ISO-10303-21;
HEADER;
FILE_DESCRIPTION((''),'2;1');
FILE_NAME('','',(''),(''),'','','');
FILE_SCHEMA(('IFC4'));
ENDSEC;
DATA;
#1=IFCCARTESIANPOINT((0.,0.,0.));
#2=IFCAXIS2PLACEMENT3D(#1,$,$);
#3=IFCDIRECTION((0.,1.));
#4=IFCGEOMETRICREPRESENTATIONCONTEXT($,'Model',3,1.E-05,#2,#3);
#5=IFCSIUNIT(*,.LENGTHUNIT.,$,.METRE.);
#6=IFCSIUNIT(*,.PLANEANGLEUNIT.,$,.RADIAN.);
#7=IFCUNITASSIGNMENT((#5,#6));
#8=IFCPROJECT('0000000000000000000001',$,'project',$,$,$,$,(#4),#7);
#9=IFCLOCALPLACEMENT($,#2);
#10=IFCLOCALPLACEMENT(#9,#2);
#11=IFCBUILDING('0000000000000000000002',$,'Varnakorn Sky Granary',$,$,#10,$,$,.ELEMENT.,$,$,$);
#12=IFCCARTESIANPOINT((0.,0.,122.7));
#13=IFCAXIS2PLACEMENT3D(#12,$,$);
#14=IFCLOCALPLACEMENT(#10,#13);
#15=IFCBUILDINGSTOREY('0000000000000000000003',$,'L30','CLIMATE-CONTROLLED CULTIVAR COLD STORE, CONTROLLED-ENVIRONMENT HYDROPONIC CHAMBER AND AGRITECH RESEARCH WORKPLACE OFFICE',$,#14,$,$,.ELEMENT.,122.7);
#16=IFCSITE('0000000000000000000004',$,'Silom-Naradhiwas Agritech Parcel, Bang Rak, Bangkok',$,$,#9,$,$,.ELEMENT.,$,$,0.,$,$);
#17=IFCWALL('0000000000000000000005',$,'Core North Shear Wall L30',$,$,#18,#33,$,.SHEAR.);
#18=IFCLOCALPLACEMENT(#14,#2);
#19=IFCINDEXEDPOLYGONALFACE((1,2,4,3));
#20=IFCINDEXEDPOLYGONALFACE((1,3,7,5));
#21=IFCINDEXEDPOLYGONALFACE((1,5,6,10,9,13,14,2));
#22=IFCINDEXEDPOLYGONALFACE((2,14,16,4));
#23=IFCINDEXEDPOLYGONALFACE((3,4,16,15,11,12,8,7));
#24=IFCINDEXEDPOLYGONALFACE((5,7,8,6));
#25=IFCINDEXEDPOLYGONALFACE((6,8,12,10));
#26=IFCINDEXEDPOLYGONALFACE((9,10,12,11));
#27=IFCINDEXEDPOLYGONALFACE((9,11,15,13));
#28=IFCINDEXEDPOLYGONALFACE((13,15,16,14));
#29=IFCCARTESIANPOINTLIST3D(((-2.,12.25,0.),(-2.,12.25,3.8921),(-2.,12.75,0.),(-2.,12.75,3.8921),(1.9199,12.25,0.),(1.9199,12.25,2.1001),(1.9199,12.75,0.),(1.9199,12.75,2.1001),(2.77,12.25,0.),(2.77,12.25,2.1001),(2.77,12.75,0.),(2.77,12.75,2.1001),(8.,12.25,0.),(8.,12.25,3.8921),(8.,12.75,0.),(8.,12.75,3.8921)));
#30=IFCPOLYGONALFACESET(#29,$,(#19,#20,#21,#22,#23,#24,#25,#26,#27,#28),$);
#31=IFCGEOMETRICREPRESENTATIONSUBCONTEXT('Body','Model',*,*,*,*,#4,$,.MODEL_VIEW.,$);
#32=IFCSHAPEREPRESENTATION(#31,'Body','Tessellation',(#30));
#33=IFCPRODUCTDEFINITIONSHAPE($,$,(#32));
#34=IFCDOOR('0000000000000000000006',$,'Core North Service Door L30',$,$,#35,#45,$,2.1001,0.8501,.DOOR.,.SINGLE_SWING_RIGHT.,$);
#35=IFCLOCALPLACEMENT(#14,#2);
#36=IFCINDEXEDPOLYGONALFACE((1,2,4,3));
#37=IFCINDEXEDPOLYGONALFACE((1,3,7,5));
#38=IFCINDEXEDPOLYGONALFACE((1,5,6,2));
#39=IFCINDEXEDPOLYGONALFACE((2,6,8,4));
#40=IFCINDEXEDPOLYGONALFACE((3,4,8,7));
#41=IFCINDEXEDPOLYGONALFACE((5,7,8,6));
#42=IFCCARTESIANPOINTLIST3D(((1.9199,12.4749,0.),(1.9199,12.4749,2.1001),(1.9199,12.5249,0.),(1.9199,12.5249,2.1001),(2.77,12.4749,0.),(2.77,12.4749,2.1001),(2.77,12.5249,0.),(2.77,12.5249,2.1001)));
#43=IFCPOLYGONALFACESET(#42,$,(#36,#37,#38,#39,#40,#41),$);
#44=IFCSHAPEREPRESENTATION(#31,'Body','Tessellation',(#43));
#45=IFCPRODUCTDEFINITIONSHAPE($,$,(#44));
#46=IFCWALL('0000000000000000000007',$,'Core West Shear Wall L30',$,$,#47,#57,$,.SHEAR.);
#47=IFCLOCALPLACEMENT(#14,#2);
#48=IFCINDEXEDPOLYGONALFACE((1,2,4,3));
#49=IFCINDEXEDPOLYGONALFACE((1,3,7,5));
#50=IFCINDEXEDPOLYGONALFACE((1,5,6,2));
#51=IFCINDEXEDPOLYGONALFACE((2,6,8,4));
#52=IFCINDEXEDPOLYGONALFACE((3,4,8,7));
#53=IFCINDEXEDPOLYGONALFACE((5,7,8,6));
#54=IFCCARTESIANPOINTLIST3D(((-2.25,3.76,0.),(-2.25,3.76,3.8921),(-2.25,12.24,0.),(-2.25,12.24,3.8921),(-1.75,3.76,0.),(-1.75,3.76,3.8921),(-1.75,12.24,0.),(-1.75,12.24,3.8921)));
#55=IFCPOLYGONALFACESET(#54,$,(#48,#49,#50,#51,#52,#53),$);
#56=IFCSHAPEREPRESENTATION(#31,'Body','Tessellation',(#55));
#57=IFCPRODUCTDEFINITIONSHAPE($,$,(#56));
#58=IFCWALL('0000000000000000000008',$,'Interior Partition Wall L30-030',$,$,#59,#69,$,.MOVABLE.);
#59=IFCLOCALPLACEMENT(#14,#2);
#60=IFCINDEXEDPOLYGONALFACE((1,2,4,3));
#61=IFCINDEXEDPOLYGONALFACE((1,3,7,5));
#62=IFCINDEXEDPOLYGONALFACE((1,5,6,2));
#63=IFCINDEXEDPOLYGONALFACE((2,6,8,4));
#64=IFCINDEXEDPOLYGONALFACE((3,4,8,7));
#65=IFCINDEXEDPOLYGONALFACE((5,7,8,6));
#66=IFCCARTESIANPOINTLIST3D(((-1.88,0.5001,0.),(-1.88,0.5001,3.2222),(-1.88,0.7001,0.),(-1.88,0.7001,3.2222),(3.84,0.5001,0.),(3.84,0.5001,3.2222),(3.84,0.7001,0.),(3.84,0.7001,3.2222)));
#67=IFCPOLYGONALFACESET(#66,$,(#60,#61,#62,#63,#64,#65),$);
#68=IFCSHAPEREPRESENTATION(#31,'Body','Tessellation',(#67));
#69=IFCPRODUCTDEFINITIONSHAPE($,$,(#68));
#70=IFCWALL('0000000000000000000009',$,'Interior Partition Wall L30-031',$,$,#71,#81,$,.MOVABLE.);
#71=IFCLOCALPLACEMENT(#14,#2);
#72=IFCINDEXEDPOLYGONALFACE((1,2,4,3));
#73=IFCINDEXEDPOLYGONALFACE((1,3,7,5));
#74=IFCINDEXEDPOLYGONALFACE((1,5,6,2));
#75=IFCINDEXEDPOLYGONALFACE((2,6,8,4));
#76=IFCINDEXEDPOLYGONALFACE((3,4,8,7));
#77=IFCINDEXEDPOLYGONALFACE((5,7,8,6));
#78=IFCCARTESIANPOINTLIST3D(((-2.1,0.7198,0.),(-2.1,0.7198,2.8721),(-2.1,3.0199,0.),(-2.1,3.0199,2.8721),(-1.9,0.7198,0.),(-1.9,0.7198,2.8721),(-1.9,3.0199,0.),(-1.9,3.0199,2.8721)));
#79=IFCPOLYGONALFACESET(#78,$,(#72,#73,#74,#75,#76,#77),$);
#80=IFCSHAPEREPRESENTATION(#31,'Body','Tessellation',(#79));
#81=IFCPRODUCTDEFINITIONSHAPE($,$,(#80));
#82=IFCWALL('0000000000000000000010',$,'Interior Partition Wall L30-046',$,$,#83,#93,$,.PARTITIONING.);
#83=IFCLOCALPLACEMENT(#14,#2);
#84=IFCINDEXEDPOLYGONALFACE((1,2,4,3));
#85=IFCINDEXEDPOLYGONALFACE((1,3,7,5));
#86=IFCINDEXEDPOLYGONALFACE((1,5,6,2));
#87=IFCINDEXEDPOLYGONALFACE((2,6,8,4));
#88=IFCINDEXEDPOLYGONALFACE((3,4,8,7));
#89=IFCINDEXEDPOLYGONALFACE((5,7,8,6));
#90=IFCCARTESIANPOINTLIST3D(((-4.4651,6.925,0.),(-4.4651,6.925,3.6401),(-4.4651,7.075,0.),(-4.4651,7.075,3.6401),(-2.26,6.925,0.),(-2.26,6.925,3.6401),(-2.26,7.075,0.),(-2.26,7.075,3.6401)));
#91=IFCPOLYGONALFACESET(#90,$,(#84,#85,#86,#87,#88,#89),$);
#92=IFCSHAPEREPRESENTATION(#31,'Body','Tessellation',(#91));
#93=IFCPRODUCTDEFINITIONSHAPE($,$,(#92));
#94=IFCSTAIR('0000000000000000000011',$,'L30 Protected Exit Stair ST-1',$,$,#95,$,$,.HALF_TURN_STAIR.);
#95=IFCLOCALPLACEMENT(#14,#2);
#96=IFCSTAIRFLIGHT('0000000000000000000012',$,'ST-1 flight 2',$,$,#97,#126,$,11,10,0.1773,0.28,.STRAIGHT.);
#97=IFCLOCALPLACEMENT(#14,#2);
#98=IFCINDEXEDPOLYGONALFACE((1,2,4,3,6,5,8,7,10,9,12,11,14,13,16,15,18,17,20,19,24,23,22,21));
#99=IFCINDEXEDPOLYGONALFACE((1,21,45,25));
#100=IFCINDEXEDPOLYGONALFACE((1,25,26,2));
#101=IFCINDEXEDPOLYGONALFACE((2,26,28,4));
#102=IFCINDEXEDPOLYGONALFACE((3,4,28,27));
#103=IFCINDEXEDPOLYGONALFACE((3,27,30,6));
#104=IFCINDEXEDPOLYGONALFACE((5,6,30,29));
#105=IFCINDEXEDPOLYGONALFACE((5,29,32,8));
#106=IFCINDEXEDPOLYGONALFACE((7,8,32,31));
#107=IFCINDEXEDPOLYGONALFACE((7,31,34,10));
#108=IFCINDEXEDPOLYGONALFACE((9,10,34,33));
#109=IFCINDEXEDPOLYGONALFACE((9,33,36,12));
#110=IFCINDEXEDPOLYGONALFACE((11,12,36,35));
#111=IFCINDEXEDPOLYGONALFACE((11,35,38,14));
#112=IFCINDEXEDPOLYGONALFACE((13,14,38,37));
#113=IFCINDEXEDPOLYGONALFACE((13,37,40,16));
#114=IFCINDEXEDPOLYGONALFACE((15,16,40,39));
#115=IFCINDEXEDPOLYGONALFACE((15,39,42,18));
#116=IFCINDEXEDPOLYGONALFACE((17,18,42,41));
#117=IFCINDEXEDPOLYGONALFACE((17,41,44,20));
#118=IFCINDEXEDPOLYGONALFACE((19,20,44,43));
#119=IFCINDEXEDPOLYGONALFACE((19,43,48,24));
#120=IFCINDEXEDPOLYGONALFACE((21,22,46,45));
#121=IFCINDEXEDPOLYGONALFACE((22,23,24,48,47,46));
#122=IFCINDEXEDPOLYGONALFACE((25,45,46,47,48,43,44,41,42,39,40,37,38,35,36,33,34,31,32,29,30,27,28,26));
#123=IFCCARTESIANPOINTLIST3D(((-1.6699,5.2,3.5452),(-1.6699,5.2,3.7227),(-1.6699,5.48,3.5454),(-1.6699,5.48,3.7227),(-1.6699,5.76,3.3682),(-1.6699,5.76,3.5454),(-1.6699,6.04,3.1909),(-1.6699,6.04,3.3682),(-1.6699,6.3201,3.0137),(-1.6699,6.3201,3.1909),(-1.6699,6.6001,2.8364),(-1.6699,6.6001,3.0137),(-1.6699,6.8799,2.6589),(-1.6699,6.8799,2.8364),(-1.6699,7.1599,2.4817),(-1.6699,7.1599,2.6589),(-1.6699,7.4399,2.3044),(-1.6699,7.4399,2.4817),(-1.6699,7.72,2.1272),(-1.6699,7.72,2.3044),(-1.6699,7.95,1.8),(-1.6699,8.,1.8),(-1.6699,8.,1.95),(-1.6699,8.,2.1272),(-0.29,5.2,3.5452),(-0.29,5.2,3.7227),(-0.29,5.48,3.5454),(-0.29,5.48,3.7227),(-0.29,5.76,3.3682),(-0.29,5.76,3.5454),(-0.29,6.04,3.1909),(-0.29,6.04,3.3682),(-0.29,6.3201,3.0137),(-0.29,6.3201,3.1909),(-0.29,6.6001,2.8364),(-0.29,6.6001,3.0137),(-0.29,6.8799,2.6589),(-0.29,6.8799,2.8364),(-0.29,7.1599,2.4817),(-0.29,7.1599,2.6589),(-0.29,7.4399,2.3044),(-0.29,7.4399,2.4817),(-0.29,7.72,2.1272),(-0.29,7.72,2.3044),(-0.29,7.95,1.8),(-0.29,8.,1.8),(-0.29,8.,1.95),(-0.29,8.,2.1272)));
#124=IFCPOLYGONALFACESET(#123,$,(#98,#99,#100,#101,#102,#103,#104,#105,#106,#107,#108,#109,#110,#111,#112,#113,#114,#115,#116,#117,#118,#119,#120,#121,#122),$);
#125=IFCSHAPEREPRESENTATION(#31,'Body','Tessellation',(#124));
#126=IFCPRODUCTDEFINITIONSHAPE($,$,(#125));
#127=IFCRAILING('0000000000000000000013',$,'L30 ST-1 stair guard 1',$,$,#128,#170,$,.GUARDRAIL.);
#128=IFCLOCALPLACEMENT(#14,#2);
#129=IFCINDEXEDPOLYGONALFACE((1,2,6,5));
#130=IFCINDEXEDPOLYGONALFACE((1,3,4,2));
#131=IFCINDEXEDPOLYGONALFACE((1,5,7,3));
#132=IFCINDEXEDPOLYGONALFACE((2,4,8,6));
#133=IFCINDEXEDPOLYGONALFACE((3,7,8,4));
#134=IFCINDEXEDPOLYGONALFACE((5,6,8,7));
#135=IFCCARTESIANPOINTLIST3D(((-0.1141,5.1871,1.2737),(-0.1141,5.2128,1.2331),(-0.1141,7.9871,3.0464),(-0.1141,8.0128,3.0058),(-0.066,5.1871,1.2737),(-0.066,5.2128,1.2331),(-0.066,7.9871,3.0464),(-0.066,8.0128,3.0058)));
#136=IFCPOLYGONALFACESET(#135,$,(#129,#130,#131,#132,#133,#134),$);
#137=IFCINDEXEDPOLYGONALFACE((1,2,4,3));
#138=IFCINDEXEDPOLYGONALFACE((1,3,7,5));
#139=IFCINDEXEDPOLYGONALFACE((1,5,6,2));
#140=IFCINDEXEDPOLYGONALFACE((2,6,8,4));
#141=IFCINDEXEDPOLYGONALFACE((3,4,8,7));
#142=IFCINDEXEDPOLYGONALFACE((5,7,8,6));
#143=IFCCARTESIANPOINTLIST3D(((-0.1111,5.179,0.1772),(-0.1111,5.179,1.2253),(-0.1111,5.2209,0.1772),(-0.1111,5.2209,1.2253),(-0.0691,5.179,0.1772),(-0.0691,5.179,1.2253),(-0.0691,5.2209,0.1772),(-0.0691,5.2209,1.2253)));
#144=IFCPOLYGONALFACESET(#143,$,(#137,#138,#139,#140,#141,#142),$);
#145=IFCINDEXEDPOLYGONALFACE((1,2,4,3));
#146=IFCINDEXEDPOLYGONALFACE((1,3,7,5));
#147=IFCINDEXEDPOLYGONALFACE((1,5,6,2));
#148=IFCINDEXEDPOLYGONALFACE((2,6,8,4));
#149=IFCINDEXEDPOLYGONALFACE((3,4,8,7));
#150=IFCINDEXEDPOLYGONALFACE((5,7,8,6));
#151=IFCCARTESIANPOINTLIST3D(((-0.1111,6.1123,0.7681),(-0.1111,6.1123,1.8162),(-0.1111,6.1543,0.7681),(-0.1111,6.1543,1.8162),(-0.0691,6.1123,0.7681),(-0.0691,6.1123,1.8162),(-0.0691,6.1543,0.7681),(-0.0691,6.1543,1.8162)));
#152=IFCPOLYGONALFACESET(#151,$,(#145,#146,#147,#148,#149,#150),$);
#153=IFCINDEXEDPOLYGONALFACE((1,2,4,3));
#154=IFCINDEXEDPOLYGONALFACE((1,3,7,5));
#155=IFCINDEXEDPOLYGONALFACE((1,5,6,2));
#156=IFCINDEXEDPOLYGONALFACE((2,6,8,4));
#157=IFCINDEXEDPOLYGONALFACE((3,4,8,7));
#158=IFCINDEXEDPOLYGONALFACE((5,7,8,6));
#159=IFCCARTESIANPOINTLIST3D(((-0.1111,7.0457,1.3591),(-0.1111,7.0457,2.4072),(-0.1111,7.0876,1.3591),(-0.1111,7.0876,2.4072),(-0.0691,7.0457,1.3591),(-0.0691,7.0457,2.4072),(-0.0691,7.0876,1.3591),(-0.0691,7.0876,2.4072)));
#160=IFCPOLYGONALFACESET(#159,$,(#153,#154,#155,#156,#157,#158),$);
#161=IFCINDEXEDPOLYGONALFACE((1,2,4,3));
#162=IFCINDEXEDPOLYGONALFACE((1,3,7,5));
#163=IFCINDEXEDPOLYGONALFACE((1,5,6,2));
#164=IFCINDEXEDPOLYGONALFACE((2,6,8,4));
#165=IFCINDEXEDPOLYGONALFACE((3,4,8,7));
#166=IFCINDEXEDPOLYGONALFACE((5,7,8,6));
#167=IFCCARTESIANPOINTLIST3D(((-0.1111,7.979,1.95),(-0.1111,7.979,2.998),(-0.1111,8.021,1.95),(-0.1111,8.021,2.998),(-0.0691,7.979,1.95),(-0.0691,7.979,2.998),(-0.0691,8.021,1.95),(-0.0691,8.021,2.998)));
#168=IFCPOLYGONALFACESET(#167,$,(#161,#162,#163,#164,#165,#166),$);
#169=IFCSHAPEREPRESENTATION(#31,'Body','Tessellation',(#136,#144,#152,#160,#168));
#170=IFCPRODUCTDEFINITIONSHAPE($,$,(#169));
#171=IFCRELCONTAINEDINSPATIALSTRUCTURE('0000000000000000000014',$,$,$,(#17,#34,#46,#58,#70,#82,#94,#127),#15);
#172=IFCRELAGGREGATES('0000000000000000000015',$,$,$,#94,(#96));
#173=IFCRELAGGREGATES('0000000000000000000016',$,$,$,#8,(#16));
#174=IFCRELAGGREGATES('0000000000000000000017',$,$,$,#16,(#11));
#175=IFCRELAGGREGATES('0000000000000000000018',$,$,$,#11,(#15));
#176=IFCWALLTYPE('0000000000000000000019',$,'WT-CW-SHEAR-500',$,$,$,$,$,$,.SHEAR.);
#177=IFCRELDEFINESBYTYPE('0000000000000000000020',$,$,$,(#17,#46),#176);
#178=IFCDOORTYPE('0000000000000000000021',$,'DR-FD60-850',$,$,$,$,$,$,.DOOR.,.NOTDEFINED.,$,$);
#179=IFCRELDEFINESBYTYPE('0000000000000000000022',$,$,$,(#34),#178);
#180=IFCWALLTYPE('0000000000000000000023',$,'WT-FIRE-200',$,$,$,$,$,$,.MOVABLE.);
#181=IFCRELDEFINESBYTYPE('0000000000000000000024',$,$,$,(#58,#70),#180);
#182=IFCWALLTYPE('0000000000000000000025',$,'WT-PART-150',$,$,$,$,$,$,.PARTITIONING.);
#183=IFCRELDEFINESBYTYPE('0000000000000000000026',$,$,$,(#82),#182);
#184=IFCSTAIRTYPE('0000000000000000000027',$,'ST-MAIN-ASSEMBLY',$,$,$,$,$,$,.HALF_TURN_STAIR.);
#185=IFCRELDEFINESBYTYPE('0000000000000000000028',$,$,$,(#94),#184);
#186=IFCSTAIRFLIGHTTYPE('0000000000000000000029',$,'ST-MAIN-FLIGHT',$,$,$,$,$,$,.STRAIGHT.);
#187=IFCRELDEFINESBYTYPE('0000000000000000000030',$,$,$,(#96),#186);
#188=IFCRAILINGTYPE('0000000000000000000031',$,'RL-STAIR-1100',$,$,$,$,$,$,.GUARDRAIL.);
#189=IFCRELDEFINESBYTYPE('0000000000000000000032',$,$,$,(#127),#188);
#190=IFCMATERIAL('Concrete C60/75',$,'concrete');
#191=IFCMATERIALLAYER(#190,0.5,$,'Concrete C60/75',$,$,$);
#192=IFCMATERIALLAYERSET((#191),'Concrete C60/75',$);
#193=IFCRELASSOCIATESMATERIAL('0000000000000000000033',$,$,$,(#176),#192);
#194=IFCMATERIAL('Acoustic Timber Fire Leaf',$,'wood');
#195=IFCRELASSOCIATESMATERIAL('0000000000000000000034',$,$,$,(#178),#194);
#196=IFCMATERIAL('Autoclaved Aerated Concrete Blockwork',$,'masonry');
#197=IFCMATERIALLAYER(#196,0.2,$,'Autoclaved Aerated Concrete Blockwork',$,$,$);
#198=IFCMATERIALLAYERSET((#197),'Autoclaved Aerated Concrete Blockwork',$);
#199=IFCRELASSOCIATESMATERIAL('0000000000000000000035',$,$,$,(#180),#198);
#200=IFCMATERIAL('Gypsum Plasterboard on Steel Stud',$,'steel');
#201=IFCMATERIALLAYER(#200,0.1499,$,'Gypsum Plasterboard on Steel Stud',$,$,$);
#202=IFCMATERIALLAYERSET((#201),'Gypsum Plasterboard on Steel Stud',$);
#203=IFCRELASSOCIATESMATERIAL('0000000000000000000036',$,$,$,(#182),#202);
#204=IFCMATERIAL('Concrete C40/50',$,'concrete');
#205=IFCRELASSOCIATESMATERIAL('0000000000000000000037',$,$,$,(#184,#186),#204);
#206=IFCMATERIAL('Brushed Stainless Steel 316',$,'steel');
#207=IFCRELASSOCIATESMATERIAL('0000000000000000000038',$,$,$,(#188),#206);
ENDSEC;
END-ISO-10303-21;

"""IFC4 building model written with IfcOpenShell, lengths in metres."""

from ifc_helpers import new_model, si_unit, direction, frame, frame_2d, origin, origin_2d, place, context, subcontext, project, spatial, polyline, rectangle, outline, extrude, material, layer, layer_set, type_object, element, fill, aggregate, save


model = new_model("IFC4")

# Units and contexts
model_context = context("Model", 3, precision=1e-05, world=origin(), true_north=direction((0.0, 1.0)))
body_context = subcontext(model_context, "Body", "Model", "MODEL_VIEW")
ifc_project = project(units=[si_unit("LENGTHUNIT", "METRE"), si_unit("PLANEANGLEUNIT", "RADIAN")], contexts=[model_context])

# Site, building, storey
site_placement = place(None, origin())
site = spatial("IfcSite", under=ifc_project, at=site_placement, Name="Silom-Naradhiwas Agritech Parcel, Bang Rak, Bangkok", CompositionType="ELEMENT", RefElevation=0.0)
building_placement = place(site_placement, origin())
building = spatial("IfcBuilding", under=site, at=building_placement, Name="Varnakorn Sky Granary", CompositionType="ELEMENT")
storey_placement = place(building_placement, frame((0.0, 0.0, 122.7)))
storey = spatial("IfcBuildingStorey", under=building, at=storey_placement, Name="L30", Description="CLIMATE-CONTROLLED CULTIVAR COLD STORE, CONTROLLED-ENVIRONMENT HYDROPONIC CHAMBER AND AGRITECH RESEARCH WORKPLACE OFFICE", CompositionType="ELEMENT", Elevation=122.7)

# Shared definitions
ifc_material_1 = material(Name="Concrete C60/75", Category="concrete")

# Shared definitions
ifc_layer_1 = layer(ifc_material_1, 0.5, Name="Concrete C60/75")
ifc_layer_set_1 = layer_set([ifc_layer_1], Name="Concrete C60/75")
wall_type_1 = type_object("IfcWallType", Name="WT-CW-SHEAR-500", PredefinedType="SHEAR", material=ifc_layer_set_1)

# Wall, opening, door
wall_1_placement = place(storey_placement, frame((-2.0, 12.5, 0.0), z_axis=(0.0, 0.0, 1.0), x_axis=(1.0, 0.0, 0.0)))
wall_1 = element("IfcWall", 1, at=wall_1_placement, inside=storey, type_object=wall_type_1, Name="Core North Shear Wall L30", PredefinedType="SHEAR", context=body_context, shape_type="SweptSolid", body=[
    extrude(rectangle(XDim=10.0, YDim=0.5, at=frame_2d((5.0, 0.0))), origin(), (0.0, 0.0, 1.0), 3.8921),
])
opening_1_placement = place(wall_1_placement, frame((3.9199, 0.0, 0.0)))
opening_1 = element("IfcOpeningElement", 2, at=opening_1_placement, cuts=wall_1, PredefinedType="OPENING", context=body_context, shape_type="SweptSolid", body=[
    extrude(rectangle(XDim=0.8501, YDim=2.1001, at=frame_2d((0.425, 1.05))), frame((0.0, 0.26, 0.0), z_axis=(0.0, -1.0, 0.0), x_axis=(1.0, 0.0, 0.0)), (0.0, 0.0, 1.0), 0.52),
])
ifc_material_2 = material(Name="Acoustic Timber Fire Leaf", Category="wood")
door_type_1 = type_object("IfcDoorType", Name="DR-FD60-850", OperationType="NOTDEFINED", PredefinedType="DOOR", material=ifc_material_2)
door_1_placement = place(opening_1_placement, origin())
door_1 = element("IfcDoor", 3, at=door_1_placement, inside=storey, type_object=door_type_1, Name="Core North Service Door L30", OperationType="SINGLE_SWING_RIGHT", OverallHeight=2.1001, OverallWidth=0.8501, PredefinedType="DOOR", context=body_context, shape_type="SweptSolid", body=[
    extrude(rectangle(XDim=0.8501, YDim=2.1001, at=frame_2d((0.425, 1.05))), frame((0.0, 0.0249, 0.0), z_axis=(0.0, -1.0, 0.0), x_axis=(1.0, 0.0, 0.0)), (0.0, 0.0, 1.0), 0.05),
])
fill(opening_1, door_1)

# Walls
wall_2_placement = place(storey_placement, frame((-2.0, 3.76, 0.0), z_axis=(0.0, 0.0, 1.0), x_axis=(0.0, 1.0, 0.0)))
element("IfcWall", 4, at=wall_2_placement, inside=storey, type_object=wall_type_1, Name="Core West Shear Wall L30", PredefinedType="SHEAR", context=body_context, shape_type="SweptSolid", body=[
    extrude(rectangle(XDim=8.48, YDim=0.5, at=frame_2d((4.24, 0.0))), origin(), (0.0, 0.0, 1.0), 3.8921),
])
ifc_material_3 = material(Name="Autoclaved Aerated Concrete Blockwork", Category="masonry")
ifc_layer_2 = layer(ifc_material_3, 0.2, Name="Autoclaved Aerated Concrete Blockwork")
ifc_layer_set_2 = layer_set([ifc_layer_2], Name="Autoclaved Aerated Concrete Blockwork")
wall_type_2 = type_object("IfcWallType", Name="WT-FIRE-200", PredefinedType="MOVABLE", material=ifc_layer_set_2)
wall_3_placement = place(storey_placement, frame((-1.8799, 0.6001, 0.0), z_axis=(0.0, 0.0, 1.0), x_axis=(1.0, 0.0, 0.0)))
element("IfcWall", 5, at=wall_3_placement, inside=storey, type_object=wall_type_2, Name="Interior Partition Wall L30-030", PredefinedType="MOVABLE", context=body_context, shape_type="SweptSolid", body=[
    extrude(rectangle(XDim=5.72, YDim=0.2, at=frame_2d((2.8599, 0.0))), origin(), (0.0, 0.0, 1.0), 3.2222),
])
wall_4_placement = place(storey_placement, frame((-2.0, 0.72, 0.0), z_axis=(0.0, 0.0, 1.0), x_axis=(0.0, 1.0, 0.0)))
element("IfcWall", 6, at=wall_4_placement, inside=storey, type_object=wall_type_2, Name="Interior Partition Wall L30-031", PredefinedType="MOVABLE", context=body_context, shape_type="SweptSolid", body=[
    extrude(rectangle(XDim=2.3, YDim=0.2, at=frame_2d((1.1499, 0.0))), origin(), (0.0, 0.0, 1.0), 2.8721),
])
ifc_material_4 = material(Name="Gypsum Plasterboard on Steel Stud", Category="steel")
ifc_layer_3 = layer(ifc_material_4, 0.1499, Name="Gypsum Plasterboard on Steel Stud")
ifc_layer_set_3 = layer_set([ifc_layer_3], Name="Gypsum Plasterboard on Steel Stud")
wall_type_3 = type_object("IfcWallType", Name="WT-PART-150", PredefinedType="PARTITIONING", material=ifc_layer_set_3)
wall_5_placement = place(storey_placement, frame((-4.4651, 7.0, 0.0), z_axis=(0.0, 0.0, 1.0), x_axis=(1.0, 0.0, 0.0)))
element("IfcWall", 7, at=wall_5_placement, inside=storey, type_object=wall_type_3, Name="Interior Partition Wall L30-046", PredefinedType="PARTITIONING", context=body_context, shape_type="SweptSolid", body=[
    extrude(rectangle(XDim=2.2051, YDim=0.1499, at=frame_2d((1.1025, 0.0))), origin(), (0.0, 0.0, 1.0), 3.6401),
])

# Stair, stair flight
ifc_material_5 = material(Name="Concrete C40/50", Category="concrete")
stair_type = type_object("IfcStairType", Name="ST-MAIN-ASSEMBLY", PredefinedType="HALF_TURN_STAIR", material=ifc_material_5)
stair_placement = place(storey_placement, origin())
stair = element("IfcStair", 8, at=stair_placement, inside=storey, type_object=stair_type, Name="L30 Protected Exit Stair ST-1", PredefinedType="HALF_TURN_STAIR")
stair_flight_type = type_object("IfcStairFlightType", Name="ST-MAIN-FLIGHT", PredefinedType="STRAIGHT", material=ifc_material_5)
stair_flight_placement = place(storey_placement, frame((-0.98, 8.0, 1.95), z_axis=(0.0, 0.0, 1.0), x_axis=(0.0, -1.0, 0.0)))
stair_flight = element("IfcStairFlight", 9, at=stair_flight_placement, type_object=stair_flight_type, Name="ST-1 flight 2", NumberOfRisers=11, NumberOfTreads=10, PredefinedType="STRAIGHT", RiserHeight=0.1773, TreadLength=0.28, context=body_context, shape_type="SweptSolid", body=[
    extrude(outline(polyline([(0.0, -0.1499), (0.0, 0.0), (0.0, 0.1772), (0.28, 0.1772), (0.28, 0.3545), (0.5601, 0.3545), (0.5601, 0.5317), (0.8401, 0.5317), (0.8401, 0.709), (1.1201, 0.709), (1.1201, 0.8865), (1.3999, 0.8865), (1.3999, 1.0637), (1.6799, 1.0637), (1.6799, 1.241), (1.96, 1.241), (1.96, 1.4182), (2.24, 1.4182), (2.24, 1.5955), (2.52, 1.5955), (2.52, 1.7727), (2.8, 1.7727), (2.8, 1.95), (2.8, 1.5952), (0.05, -0.1499), (0.0, -0.1499)])), frame((0.0, 0.6899, 0.0), z_axis=(0.0, -1.0, 0.0), x_axis=(1.0, 0.0, 0.0)), (0.0, 0.0, 1.0), 1.3799),
])
aggregate(stair, [stair_flight])

# Railing
ifc_material_6 = material(Name="Brushed Stainless Steel 316", Category="steel")
railing_type_1 = type_object("IfcRailingType", Name="RL-STAIR-1100", PredefinedType="GUARDRAIL", material=ifc_material_6)
railing_1_placement = place(storey_placement, frame((-0.0901, 5.2, 0.1772)))
element("IfcRailing", 10, at=railing_1_placement, inside=storey, type_object=railing_type_1, Name="L30 ST-1 stair guard 1", PredefinedType="GUARDRAIL", context=body_context, shape_type="SweptSolid", body=[
    extrude(rectangle(XDim=0.0481, YDim=0.0481, at=origin_2d()), frame((0.0, 0.0, 1.0762), z_axis=(0.0, 0.844909, 0.53491), x_axis=(-1.0, 0.0, 0.0)), (0.0, 0.0, 1.0), 3.314),
    extrude(rectangle(XDim=0.042, YDim=0.042, at=origin_2d()), origin(), (0.0, 0.0, 1.0), 1.0481),
    extrude(rectangle(XDim=0.042, YDim=0.042, at=origin_2d()), frame((0.0, 0.9333, 0.5908)), (0.0, 0.0, 1.0), 1.0481),
    extrude(rectangle(XDim=0.042, YDim=0.042, at=origin_2d()), frame((0.0, 1.8667, 1.1819)), (0.0, 0.0, 1.0), 1.0481),
    extrude(rectangle(XDim=0.042, YDim=0.042, at=origin_2d()), frame((0.0, 2.8, 1.7727)), (0.0, 0.0, 1.0), 1.0481),
])

save(model, "model.ifc")
